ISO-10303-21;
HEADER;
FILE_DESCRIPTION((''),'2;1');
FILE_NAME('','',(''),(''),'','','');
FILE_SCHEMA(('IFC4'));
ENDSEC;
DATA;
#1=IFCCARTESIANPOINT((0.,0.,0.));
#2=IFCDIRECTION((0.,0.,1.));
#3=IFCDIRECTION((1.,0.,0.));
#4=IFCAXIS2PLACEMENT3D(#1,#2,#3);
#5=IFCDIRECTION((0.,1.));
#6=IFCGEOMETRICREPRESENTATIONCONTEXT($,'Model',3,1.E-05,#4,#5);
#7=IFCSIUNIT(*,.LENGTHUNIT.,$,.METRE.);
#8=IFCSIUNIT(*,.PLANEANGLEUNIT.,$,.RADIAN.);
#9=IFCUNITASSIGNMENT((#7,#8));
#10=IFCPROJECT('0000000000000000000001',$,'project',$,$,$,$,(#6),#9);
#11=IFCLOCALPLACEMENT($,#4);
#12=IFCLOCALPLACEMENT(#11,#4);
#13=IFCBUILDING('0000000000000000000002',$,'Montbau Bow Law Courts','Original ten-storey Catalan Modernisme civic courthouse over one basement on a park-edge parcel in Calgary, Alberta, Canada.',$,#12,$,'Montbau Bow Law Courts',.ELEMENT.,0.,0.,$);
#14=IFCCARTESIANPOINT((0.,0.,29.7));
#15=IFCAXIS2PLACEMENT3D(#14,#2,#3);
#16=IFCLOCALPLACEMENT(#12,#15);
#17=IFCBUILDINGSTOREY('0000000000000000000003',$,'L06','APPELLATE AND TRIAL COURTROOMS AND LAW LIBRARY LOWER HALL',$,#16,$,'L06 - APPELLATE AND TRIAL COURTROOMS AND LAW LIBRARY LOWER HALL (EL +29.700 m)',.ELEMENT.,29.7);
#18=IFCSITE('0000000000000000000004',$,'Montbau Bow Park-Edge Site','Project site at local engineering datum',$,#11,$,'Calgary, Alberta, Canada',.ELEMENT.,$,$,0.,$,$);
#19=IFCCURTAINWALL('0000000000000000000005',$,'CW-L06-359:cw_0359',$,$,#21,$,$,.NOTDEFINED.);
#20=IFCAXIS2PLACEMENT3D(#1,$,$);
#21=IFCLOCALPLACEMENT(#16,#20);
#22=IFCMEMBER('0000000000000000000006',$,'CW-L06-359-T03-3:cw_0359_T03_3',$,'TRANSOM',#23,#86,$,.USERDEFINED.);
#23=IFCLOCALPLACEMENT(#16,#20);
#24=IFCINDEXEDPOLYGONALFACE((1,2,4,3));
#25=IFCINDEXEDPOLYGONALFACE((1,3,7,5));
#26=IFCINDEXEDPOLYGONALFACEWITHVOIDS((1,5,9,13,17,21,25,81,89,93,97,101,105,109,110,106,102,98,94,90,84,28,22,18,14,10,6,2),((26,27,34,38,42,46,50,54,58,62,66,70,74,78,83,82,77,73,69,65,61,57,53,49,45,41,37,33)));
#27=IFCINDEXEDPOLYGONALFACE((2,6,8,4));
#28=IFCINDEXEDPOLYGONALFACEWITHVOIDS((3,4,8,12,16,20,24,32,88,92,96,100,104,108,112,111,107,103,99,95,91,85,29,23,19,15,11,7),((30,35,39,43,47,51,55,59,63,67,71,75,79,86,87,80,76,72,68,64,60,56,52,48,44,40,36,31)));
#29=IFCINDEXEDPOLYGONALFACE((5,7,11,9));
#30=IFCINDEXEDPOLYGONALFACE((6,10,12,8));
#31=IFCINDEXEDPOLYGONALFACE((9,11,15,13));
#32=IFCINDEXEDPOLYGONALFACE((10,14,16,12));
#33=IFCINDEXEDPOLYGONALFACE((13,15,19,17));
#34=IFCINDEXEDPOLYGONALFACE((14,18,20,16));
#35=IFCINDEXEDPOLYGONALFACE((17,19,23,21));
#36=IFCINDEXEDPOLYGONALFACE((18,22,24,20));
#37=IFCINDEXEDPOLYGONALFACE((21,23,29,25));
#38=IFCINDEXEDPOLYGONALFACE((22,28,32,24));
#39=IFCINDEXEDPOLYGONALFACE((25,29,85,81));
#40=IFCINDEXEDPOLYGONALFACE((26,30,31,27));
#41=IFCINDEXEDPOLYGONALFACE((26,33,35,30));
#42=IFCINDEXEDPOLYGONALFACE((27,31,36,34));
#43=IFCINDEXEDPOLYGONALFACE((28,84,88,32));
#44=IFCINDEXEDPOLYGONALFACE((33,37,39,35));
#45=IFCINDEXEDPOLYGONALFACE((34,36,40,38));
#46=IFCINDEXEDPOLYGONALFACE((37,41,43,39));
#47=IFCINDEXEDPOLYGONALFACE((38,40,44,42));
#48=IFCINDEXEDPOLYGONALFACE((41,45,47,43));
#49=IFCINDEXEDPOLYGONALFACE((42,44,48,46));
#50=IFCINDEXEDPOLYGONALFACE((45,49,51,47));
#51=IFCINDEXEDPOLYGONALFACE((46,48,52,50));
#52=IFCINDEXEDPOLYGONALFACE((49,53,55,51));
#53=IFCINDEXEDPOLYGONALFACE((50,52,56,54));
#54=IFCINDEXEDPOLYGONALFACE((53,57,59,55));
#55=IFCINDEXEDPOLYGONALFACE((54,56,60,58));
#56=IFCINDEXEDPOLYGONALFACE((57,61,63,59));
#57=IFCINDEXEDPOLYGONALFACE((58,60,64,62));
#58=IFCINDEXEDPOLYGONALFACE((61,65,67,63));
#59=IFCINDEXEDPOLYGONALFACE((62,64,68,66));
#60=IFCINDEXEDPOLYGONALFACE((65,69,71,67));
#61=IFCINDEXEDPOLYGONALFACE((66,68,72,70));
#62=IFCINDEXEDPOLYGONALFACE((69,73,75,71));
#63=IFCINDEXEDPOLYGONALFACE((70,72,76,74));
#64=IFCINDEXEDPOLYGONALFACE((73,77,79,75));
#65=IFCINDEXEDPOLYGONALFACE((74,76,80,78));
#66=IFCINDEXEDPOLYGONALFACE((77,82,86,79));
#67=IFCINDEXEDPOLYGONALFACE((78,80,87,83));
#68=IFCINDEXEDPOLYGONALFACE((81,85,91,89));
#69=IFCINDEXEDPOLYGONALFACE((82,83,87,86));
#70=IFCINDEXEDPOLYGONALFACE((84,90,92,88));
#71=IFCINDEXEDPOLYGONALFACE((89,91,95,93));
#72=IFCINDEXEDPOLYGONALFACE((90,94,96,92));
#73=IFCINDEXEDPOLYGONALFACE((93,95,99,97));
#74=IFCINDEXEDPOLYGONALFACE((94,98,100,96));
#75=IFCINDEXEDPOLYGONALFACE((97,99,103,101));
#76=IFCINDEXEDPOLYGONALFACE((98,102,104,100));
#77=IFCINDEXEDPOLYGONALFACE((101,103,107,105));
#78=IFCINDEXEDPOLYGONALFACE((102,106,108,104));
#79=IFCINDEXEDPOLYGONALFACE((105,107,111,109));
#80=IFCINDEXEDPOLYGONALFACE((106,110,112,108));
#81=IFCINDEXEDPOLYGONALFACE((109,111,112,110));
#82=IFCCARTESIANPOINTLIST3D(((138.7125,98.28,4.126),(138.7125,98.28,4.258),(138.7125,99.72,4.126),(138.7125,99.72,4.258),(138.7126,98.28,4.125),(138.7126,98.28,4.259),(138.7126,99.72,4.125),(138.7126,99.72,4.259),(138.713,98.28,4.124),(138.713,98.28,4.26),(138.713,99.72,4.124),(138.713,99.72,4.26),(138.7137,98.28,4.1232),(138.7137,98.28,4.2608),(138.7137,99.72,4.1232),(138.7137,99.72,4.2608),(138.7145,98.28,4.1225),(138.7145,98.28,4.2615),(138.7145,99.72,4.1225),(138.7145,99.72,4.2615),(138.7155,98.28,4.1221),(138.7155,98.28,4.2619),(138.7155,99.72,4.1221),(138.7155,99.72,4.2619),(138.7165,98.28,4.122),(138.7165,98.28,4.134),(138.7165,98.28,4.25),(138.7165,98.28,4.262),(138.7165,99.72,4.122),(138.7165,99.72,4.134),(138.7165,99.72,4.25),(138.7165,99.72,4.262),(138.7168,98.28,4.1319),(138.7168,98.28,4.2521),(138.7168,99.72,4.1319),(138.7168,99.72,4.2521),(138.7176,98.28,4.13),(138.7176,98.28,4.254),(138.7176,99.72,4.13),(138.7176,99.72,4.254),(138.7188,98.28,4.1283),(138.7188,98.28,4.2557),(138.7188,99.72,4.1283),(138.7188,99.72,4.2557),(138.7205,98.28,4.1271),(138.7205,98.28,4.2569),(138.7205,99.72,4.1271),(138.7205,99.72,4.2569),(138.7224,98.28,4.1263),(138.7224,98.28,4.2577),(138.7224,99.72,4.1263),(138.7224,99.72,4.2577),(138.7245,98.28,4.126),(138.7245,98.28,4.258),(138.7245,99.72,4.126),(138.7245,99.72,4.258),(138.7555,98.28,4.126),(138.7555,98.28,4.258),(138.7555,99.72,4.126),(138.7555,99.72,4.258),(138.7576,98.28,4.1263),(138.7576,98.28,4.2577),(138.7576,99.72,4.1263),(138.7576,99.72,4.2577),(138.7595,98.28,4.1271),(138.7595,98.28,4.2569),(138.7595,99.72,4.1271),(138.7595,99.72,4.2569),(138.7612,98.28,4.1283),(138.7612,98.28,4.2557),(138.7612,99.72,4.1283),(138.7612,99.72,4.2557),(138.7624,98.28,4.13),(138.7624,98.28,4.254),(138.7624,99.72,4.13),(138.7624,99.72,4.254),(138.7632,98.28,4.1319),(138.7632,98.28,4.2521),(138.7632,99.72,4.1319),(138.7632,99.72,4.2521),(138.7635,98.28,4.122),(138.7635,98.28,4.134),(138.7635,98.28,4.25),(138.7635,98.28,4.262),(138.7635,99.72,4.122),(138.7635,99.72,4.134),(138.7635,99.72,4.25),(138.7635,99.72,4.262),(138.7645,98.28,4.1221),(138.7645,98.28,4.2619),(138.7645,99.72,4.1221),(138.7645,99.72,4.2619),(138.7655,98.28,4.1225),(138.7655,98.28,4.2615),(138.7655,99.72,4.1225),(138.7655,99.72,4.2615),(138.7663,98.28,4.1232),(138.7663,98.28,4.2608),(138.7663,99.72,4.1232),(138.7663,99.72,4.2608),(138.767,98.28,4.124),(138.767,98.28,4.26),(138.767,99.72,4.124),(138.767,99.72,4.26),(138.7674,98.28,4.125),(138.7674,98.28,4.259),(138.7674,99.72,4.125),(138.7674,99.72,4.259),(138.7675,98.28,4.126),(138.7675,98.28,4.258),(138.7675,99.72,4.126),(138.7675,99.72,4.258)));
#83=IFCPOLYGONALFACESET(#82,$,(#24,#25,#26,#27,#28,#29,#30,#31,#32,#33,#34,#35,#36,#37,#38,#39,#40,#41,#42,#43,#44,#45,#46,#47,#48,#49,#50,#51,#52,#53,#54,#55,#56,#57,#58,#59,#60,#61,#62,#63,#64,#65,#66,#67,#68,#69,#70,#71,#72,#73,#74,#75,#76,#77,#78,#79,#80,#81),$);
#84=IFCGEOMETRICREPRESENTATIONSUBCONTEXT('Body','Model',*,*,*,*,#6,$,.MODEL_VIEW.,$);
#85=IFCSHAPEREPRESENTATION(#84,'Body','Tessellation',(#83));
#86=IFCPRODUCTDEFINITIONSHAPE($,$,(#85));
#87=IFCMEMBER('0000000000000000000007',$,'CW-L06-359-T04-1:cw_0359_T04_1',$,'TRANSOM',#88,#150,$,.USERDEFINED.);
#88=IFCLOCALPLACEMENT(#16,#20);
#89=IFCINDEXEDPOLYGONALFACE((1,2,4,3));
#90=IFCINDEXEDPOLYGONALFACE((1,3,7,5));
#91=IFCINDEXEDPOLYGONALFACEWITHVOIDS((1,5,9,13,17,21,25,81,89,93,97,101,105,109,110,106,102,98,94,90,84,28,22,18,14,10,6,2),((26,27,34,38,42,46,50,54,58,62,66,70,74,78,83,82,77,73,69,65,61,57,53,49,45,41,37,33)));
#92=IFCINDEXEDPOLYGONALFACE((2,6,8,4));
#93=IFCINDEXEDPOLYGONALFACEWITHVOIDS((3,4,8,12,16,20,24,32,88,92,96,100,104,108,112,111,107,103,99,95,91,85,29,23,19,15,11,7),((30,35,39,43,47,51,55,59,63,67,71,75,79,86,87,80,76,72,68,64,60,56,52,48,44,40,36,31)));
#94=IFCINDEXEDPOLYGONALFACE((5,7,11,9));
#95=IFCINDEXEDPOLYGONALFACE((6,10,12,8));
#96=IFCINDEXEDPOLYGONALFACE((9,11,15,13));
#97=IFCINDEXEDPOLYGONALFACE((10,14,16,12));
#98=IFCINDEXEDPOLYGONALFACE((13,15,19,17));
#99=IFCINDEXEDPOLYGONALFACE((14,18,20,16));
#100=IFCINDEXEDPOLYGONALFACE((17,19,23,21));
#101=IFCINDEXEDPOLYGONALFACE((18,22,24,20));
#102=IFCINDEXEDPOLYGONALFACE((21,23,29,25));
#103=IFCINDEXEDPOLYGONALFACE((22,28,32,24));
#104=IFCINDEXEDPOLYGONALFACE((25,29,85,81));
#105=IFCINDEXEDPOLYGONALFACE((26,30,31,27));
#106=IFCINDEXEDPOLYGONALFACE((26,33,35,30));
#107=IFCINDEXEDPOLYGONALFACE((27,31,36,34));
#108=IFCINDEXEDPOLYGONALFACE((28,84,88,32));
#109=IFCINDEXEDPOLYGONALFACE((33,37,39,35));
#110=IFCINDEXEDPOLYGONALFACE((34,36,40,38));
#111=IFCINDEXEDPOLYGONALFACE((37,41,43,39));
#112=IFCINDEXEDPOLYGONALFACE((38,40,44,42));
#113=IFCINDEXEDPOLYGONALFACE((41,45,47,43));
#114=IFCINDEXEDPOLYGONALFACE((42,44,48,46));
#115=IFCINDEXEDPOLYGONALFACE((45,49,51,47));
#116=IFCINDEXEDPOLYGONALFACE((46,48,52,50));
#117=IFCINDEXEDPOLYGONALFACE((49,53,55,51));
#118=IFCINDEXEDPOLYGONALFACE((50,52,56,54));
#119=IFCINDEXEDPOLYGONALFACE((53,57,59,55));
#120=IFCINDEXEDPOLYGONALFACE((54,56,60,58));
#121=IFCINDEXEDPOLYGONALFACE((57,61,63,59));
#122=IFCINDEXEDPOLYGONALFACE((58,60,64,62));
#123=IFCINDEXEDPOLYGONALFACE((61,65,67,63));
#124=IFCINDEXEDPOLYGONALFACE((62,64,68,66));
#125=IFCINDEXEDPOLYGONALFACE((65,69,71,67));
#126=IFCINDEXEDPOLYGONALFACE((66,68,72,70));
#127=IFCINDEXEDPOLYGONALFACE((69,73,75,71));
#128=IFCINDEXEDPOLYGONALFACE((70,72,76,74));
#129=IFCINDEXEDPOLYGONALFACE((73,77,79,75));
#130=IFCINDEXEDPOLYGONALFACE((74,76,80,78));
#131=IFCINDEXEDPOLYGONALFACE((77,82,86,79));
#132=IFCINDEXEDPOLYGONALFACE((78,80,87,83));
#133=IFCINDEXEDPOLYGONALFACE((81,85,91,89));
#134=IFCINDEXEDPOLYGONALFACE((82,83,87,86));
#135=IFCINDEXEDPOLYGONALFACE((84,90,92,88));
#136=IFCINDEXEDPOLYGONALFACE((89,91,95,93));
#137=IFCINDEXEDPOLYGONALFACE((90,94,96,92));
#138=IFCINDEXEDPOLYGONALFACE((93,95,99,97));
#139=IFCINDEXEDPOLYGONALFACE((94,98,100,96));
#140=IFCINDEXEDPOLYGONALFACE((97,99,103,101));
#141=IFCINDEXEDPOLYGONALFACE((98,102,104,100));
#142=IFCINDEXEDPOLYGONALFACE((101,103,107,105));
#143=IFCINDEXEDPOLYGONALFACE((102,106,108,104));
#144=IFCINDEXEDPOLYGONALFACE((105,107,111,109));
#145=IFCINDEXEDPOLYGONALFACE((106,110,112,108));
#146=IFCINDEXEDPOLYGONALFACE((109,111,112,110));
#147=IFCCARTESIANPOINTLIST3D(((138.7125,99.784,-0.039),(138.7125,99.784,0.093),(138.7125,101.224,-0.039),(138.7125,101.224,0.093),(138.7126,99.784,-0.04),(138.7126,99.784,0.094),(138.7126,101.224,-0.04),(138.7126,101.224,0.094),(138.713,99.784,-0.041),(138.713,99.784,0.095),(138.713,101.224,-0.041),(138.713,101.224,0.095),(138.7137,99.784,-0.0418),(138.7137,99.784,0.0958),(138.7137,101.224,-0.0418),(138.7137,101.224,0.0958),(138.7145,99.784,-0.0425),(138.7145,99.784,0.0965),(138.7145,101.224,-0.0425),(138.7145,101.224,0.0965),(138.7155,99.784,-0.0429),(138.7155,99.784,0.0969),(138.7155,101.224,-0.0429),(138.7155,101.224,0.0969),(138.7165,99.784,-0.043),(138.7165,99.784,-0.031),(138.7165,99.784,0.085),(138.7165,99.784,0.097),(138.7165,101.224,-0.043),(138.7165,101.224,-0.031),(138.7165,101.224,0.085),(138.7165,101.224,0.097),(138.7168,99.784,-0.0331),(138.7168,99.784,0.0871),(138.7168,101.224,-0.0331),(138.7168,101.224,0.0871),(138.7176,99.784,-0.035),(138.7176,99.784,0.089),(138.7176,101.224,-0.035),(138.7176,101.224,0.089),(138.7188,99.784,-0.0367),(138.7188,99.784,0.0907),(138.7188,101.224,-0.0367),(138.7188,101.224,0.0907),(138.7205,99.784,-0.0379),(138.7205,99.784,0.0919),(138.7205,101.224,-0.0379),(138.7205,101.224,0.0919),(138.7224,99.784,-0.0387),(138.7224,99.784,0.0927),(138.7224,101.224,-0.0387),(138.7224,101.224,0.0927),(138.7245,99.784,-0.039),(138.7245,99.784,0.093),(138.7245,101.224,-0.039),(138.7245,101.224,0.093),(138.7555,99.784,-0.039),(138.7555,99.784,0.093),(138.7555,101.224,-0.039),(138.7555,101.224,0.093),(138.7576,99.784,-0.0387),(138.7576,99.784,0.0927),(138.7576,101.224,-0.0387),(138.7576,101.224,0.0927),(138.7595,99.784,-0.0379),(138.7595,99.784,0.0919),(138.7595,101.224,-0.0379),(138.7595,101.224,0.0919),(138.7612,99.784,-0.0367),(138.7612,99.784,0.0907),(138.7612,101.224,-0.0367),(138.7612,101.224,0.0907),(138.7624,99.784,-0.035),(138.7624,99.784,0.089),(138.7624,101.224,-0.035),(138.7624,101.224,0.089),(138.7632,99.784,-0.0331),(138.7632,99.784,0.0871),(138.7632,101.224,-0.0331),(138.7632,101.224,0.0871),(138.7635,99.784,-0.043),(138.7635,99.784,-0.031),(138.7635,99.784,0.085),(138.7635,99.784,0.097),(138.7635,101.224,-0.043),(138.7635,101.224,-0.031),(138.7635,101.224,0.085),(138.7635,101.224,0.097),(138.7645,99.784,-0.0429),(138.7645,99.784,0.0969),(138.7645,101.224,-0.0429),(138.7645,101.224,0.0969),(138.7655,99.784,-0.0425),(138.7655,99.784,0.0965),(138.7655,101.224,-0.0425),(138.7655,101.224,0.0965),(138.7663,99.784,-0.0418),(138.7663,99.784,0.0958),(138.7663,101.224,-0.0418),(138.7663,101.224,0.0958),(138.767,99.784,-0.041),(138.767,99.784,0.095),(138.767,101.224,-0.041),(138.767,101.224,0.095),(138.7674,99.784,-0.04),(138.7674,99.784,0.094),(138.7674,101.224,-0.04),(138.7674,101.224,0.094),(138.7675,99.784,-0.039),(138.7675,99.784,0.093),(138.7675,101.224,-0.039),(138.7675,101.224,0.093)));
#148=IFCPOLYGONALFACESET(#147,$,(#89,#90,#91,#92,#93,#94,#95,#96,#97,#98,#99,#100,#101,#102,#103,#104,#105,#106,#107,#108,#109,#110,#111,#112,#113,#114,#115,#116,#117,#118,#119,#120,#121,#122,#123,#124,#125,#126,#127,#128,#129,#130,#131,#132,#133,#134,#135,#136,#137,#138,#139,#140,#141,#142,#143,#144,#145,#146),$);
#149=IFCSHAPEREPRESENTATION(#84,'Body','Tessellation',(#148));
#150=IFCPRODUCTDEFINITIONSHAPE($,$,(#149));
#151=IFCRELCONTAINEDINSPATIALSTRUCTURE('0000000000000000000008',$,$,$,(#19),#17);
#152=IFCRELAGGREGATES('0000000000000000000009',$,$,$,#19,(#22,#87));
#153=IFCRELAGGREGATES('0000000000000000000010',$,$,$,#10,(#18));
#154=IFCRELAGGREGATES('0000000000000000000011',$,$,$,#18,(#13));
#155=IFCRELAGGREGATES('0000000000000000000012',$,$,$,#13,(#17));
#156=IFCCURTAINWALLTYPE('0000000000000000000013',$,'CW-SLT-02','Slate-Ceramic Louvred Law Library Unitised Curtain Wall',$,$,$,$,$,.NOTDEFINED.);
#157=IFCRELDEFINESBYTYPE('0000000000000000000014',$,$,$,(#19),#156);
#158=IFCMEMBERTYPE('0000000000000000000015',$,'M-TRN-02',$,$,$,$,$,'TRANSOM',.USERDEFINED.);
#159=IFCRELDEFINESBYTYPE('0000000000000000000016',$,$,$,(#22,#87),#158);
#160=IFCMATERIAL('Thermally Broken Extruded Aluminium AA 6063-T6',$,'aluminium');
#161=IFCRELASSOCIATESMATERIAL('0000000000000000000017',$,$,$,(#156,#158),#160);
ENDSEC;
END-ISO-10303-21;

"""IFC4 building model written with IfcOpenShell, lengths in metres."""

from ifc_helpers import new_model, si_unit, direction, frame, origin_with_axes, origin_2d_with_axis, place, context, subcontext, project, spatial, hollow_rectangle, extrude, material, material_profile, profile_set, type_object, element, aggregate, save


model = new_model("IFC4")

# Units and contexts
model_context = context("Model", 3, precision=1e-05, world=origin_with_axes(), true_north=direction((0.0, 1.0)))
body_context = subcontext(model_context, "Body", "Model", "MODEL_VIEW")
ifc_project = project(units=[si_unit("LENGTHUNIT", "METRE"), si_unit("PLANEANGLEUNIT", "RADIAN")], contexts=[model_context])

# Site, building, storey
site_placement = place(None, origin_with_axes())
site = spatial("IfcSite", under=ifc_project, at=site_placement, Name="Montbau Bow Park-Edge Site", Description="Project site at local engineering datum", LongName="Calgary, Alberta, Canada", CompositionType="ELEMENT", RefElevation=0.0)
building_placement = place(site_placement, origin_with_axes())
building = spatial("IfcBuilding", under=site, at=building_placement, Name="Montbau Bow Law Courts", Description="Original ten-storey Catalan Modernisme civic courthouse over one basement on a park-edge parcel in Calgary, Alberta, Canada.", LongName="Montbau Bow Law Courts", CompositionType="ELEMENT", ElevationOfRefHeight=0.0, ElevationOfTerrain=0.0)
storey_placement = place(building_placement, frame((0.0, 0.0, 29.7), z_axis=(0.0, 0.0, 1.0), x_axis=(1.0, 0.0, 0.0)))
storey = spatial("IfcBuildingStorey", under=building, at=storey_placement, Name="L06", Description="APPELLATE AND TRIAL COURTROOMS AND LAW LIBRARY LOWER HALL", LongName="L06 - APPELLATE AND TRIAL COURTROOMS AND LAW LIBRARY LOWER HALL (EL +29.700 m)", CompositionType="ELEMENT", Elevation=29.7)

# Curtain wall, members
ifc_material_1 = material(Name="Thermally Broken Extruded Aluminium AA 6063-T6", Category="aluminium")
curtain_wall_type = type_object("IfcCurtainWallType", Name="CW-SLT-02", Description="Slate-Ceramic Louvred Law Library Unitised Curtain Wall", PredefinedType="NOTDEFINED", material=ifc_material_1)
curtain_wall_placement = place(None, frame((138.74, 95.24, 29.7), z_axis=(0.0, 0.0, 1.0), x_axis=(1.0, 0.0, 0.0)))
curtain_wall = element("IfcCurtainWall", 1, at=curtain_wall_placement, inside=storey, type_object=curtain_wall_type, Name="CW-L06-359:cw_0359", PredefinedType="NOTDEFINED")
ifc_material_profile_1 = material_profile(ifc_material_1, hollow_rectangle(XDim=0.055, YDim=0.14, WallThickness=0.004, InnerFilletRadius=0.008, OuterFilletRadius=0.004, at=origin_2d_with_axis()), Name="CWT-140X55", Category="Main", Priority=0)
ifc_profile_set_1 = profile_set([ifc_material_profile_1], Name="Thermally Broken Extruded Aluminium AA 6063-T6")
member_type_1 = type_object("IfcMemberType", Name="M-TRN-02", ElementType="TRANSOM", PredefinedType="USERDEFINED", material=ifc_profile_set_1)
member_1_placement = place(None, frame((138.74, 98.28, 33.892), z_axis=(0.0, 1.0, 0.0), x_axis=(-1.0, 0.0, 0.0)))
member_1 = element("IfcMember", 2, at=member_1_placement, type_object=member_type_1, Name="CW-L06-359-T03-3:cw_0359_T03_3", ObjectType="TRANSOM", PredefinedType="USERDEFINED", context=body_context, shape_type="SweptSolid", body=[
    extrude(hollow_rectangle(XDim=0.055, YDim=0.14, WallThickness=0.004, InnerFilletRadius=0.008, OuterFilletRadius=0.004, at=origin_2d_with_axis()), origin_with_axes(), (0.0, 0.0, 1.0), 1.44),
])
member_2_placement = place(None, frame((138.74, 99.784, 29.727), z_axis=(0.0, 1.0, 0.0), x_axis=(-1.0, 0.0, 0.0)))
member_2 = element("IfcMember", 3, at=member_2_placement, type_object=member_type_1, Name="CW-L06-359-T04-1:cw_0359_T04_1", ObjectType="TRANSOM", PredefinedType="USERDEFINED", context=body_context, shape_type="SweptSolid", body=[
    extrude(hollow_rectangle(XDim=0.055, YDim=0.14, WallThickness=0.004, InnerFilletRadius=0.008, OuterFilletRadius=0.004, at=origin_2d_with_axis()), origin_with_axes(), (0.0, 0.0, 1.0), 1.44),
])
aggregate(curtain_wall, [member_1, member_2])

save(model, "model.ifc")
